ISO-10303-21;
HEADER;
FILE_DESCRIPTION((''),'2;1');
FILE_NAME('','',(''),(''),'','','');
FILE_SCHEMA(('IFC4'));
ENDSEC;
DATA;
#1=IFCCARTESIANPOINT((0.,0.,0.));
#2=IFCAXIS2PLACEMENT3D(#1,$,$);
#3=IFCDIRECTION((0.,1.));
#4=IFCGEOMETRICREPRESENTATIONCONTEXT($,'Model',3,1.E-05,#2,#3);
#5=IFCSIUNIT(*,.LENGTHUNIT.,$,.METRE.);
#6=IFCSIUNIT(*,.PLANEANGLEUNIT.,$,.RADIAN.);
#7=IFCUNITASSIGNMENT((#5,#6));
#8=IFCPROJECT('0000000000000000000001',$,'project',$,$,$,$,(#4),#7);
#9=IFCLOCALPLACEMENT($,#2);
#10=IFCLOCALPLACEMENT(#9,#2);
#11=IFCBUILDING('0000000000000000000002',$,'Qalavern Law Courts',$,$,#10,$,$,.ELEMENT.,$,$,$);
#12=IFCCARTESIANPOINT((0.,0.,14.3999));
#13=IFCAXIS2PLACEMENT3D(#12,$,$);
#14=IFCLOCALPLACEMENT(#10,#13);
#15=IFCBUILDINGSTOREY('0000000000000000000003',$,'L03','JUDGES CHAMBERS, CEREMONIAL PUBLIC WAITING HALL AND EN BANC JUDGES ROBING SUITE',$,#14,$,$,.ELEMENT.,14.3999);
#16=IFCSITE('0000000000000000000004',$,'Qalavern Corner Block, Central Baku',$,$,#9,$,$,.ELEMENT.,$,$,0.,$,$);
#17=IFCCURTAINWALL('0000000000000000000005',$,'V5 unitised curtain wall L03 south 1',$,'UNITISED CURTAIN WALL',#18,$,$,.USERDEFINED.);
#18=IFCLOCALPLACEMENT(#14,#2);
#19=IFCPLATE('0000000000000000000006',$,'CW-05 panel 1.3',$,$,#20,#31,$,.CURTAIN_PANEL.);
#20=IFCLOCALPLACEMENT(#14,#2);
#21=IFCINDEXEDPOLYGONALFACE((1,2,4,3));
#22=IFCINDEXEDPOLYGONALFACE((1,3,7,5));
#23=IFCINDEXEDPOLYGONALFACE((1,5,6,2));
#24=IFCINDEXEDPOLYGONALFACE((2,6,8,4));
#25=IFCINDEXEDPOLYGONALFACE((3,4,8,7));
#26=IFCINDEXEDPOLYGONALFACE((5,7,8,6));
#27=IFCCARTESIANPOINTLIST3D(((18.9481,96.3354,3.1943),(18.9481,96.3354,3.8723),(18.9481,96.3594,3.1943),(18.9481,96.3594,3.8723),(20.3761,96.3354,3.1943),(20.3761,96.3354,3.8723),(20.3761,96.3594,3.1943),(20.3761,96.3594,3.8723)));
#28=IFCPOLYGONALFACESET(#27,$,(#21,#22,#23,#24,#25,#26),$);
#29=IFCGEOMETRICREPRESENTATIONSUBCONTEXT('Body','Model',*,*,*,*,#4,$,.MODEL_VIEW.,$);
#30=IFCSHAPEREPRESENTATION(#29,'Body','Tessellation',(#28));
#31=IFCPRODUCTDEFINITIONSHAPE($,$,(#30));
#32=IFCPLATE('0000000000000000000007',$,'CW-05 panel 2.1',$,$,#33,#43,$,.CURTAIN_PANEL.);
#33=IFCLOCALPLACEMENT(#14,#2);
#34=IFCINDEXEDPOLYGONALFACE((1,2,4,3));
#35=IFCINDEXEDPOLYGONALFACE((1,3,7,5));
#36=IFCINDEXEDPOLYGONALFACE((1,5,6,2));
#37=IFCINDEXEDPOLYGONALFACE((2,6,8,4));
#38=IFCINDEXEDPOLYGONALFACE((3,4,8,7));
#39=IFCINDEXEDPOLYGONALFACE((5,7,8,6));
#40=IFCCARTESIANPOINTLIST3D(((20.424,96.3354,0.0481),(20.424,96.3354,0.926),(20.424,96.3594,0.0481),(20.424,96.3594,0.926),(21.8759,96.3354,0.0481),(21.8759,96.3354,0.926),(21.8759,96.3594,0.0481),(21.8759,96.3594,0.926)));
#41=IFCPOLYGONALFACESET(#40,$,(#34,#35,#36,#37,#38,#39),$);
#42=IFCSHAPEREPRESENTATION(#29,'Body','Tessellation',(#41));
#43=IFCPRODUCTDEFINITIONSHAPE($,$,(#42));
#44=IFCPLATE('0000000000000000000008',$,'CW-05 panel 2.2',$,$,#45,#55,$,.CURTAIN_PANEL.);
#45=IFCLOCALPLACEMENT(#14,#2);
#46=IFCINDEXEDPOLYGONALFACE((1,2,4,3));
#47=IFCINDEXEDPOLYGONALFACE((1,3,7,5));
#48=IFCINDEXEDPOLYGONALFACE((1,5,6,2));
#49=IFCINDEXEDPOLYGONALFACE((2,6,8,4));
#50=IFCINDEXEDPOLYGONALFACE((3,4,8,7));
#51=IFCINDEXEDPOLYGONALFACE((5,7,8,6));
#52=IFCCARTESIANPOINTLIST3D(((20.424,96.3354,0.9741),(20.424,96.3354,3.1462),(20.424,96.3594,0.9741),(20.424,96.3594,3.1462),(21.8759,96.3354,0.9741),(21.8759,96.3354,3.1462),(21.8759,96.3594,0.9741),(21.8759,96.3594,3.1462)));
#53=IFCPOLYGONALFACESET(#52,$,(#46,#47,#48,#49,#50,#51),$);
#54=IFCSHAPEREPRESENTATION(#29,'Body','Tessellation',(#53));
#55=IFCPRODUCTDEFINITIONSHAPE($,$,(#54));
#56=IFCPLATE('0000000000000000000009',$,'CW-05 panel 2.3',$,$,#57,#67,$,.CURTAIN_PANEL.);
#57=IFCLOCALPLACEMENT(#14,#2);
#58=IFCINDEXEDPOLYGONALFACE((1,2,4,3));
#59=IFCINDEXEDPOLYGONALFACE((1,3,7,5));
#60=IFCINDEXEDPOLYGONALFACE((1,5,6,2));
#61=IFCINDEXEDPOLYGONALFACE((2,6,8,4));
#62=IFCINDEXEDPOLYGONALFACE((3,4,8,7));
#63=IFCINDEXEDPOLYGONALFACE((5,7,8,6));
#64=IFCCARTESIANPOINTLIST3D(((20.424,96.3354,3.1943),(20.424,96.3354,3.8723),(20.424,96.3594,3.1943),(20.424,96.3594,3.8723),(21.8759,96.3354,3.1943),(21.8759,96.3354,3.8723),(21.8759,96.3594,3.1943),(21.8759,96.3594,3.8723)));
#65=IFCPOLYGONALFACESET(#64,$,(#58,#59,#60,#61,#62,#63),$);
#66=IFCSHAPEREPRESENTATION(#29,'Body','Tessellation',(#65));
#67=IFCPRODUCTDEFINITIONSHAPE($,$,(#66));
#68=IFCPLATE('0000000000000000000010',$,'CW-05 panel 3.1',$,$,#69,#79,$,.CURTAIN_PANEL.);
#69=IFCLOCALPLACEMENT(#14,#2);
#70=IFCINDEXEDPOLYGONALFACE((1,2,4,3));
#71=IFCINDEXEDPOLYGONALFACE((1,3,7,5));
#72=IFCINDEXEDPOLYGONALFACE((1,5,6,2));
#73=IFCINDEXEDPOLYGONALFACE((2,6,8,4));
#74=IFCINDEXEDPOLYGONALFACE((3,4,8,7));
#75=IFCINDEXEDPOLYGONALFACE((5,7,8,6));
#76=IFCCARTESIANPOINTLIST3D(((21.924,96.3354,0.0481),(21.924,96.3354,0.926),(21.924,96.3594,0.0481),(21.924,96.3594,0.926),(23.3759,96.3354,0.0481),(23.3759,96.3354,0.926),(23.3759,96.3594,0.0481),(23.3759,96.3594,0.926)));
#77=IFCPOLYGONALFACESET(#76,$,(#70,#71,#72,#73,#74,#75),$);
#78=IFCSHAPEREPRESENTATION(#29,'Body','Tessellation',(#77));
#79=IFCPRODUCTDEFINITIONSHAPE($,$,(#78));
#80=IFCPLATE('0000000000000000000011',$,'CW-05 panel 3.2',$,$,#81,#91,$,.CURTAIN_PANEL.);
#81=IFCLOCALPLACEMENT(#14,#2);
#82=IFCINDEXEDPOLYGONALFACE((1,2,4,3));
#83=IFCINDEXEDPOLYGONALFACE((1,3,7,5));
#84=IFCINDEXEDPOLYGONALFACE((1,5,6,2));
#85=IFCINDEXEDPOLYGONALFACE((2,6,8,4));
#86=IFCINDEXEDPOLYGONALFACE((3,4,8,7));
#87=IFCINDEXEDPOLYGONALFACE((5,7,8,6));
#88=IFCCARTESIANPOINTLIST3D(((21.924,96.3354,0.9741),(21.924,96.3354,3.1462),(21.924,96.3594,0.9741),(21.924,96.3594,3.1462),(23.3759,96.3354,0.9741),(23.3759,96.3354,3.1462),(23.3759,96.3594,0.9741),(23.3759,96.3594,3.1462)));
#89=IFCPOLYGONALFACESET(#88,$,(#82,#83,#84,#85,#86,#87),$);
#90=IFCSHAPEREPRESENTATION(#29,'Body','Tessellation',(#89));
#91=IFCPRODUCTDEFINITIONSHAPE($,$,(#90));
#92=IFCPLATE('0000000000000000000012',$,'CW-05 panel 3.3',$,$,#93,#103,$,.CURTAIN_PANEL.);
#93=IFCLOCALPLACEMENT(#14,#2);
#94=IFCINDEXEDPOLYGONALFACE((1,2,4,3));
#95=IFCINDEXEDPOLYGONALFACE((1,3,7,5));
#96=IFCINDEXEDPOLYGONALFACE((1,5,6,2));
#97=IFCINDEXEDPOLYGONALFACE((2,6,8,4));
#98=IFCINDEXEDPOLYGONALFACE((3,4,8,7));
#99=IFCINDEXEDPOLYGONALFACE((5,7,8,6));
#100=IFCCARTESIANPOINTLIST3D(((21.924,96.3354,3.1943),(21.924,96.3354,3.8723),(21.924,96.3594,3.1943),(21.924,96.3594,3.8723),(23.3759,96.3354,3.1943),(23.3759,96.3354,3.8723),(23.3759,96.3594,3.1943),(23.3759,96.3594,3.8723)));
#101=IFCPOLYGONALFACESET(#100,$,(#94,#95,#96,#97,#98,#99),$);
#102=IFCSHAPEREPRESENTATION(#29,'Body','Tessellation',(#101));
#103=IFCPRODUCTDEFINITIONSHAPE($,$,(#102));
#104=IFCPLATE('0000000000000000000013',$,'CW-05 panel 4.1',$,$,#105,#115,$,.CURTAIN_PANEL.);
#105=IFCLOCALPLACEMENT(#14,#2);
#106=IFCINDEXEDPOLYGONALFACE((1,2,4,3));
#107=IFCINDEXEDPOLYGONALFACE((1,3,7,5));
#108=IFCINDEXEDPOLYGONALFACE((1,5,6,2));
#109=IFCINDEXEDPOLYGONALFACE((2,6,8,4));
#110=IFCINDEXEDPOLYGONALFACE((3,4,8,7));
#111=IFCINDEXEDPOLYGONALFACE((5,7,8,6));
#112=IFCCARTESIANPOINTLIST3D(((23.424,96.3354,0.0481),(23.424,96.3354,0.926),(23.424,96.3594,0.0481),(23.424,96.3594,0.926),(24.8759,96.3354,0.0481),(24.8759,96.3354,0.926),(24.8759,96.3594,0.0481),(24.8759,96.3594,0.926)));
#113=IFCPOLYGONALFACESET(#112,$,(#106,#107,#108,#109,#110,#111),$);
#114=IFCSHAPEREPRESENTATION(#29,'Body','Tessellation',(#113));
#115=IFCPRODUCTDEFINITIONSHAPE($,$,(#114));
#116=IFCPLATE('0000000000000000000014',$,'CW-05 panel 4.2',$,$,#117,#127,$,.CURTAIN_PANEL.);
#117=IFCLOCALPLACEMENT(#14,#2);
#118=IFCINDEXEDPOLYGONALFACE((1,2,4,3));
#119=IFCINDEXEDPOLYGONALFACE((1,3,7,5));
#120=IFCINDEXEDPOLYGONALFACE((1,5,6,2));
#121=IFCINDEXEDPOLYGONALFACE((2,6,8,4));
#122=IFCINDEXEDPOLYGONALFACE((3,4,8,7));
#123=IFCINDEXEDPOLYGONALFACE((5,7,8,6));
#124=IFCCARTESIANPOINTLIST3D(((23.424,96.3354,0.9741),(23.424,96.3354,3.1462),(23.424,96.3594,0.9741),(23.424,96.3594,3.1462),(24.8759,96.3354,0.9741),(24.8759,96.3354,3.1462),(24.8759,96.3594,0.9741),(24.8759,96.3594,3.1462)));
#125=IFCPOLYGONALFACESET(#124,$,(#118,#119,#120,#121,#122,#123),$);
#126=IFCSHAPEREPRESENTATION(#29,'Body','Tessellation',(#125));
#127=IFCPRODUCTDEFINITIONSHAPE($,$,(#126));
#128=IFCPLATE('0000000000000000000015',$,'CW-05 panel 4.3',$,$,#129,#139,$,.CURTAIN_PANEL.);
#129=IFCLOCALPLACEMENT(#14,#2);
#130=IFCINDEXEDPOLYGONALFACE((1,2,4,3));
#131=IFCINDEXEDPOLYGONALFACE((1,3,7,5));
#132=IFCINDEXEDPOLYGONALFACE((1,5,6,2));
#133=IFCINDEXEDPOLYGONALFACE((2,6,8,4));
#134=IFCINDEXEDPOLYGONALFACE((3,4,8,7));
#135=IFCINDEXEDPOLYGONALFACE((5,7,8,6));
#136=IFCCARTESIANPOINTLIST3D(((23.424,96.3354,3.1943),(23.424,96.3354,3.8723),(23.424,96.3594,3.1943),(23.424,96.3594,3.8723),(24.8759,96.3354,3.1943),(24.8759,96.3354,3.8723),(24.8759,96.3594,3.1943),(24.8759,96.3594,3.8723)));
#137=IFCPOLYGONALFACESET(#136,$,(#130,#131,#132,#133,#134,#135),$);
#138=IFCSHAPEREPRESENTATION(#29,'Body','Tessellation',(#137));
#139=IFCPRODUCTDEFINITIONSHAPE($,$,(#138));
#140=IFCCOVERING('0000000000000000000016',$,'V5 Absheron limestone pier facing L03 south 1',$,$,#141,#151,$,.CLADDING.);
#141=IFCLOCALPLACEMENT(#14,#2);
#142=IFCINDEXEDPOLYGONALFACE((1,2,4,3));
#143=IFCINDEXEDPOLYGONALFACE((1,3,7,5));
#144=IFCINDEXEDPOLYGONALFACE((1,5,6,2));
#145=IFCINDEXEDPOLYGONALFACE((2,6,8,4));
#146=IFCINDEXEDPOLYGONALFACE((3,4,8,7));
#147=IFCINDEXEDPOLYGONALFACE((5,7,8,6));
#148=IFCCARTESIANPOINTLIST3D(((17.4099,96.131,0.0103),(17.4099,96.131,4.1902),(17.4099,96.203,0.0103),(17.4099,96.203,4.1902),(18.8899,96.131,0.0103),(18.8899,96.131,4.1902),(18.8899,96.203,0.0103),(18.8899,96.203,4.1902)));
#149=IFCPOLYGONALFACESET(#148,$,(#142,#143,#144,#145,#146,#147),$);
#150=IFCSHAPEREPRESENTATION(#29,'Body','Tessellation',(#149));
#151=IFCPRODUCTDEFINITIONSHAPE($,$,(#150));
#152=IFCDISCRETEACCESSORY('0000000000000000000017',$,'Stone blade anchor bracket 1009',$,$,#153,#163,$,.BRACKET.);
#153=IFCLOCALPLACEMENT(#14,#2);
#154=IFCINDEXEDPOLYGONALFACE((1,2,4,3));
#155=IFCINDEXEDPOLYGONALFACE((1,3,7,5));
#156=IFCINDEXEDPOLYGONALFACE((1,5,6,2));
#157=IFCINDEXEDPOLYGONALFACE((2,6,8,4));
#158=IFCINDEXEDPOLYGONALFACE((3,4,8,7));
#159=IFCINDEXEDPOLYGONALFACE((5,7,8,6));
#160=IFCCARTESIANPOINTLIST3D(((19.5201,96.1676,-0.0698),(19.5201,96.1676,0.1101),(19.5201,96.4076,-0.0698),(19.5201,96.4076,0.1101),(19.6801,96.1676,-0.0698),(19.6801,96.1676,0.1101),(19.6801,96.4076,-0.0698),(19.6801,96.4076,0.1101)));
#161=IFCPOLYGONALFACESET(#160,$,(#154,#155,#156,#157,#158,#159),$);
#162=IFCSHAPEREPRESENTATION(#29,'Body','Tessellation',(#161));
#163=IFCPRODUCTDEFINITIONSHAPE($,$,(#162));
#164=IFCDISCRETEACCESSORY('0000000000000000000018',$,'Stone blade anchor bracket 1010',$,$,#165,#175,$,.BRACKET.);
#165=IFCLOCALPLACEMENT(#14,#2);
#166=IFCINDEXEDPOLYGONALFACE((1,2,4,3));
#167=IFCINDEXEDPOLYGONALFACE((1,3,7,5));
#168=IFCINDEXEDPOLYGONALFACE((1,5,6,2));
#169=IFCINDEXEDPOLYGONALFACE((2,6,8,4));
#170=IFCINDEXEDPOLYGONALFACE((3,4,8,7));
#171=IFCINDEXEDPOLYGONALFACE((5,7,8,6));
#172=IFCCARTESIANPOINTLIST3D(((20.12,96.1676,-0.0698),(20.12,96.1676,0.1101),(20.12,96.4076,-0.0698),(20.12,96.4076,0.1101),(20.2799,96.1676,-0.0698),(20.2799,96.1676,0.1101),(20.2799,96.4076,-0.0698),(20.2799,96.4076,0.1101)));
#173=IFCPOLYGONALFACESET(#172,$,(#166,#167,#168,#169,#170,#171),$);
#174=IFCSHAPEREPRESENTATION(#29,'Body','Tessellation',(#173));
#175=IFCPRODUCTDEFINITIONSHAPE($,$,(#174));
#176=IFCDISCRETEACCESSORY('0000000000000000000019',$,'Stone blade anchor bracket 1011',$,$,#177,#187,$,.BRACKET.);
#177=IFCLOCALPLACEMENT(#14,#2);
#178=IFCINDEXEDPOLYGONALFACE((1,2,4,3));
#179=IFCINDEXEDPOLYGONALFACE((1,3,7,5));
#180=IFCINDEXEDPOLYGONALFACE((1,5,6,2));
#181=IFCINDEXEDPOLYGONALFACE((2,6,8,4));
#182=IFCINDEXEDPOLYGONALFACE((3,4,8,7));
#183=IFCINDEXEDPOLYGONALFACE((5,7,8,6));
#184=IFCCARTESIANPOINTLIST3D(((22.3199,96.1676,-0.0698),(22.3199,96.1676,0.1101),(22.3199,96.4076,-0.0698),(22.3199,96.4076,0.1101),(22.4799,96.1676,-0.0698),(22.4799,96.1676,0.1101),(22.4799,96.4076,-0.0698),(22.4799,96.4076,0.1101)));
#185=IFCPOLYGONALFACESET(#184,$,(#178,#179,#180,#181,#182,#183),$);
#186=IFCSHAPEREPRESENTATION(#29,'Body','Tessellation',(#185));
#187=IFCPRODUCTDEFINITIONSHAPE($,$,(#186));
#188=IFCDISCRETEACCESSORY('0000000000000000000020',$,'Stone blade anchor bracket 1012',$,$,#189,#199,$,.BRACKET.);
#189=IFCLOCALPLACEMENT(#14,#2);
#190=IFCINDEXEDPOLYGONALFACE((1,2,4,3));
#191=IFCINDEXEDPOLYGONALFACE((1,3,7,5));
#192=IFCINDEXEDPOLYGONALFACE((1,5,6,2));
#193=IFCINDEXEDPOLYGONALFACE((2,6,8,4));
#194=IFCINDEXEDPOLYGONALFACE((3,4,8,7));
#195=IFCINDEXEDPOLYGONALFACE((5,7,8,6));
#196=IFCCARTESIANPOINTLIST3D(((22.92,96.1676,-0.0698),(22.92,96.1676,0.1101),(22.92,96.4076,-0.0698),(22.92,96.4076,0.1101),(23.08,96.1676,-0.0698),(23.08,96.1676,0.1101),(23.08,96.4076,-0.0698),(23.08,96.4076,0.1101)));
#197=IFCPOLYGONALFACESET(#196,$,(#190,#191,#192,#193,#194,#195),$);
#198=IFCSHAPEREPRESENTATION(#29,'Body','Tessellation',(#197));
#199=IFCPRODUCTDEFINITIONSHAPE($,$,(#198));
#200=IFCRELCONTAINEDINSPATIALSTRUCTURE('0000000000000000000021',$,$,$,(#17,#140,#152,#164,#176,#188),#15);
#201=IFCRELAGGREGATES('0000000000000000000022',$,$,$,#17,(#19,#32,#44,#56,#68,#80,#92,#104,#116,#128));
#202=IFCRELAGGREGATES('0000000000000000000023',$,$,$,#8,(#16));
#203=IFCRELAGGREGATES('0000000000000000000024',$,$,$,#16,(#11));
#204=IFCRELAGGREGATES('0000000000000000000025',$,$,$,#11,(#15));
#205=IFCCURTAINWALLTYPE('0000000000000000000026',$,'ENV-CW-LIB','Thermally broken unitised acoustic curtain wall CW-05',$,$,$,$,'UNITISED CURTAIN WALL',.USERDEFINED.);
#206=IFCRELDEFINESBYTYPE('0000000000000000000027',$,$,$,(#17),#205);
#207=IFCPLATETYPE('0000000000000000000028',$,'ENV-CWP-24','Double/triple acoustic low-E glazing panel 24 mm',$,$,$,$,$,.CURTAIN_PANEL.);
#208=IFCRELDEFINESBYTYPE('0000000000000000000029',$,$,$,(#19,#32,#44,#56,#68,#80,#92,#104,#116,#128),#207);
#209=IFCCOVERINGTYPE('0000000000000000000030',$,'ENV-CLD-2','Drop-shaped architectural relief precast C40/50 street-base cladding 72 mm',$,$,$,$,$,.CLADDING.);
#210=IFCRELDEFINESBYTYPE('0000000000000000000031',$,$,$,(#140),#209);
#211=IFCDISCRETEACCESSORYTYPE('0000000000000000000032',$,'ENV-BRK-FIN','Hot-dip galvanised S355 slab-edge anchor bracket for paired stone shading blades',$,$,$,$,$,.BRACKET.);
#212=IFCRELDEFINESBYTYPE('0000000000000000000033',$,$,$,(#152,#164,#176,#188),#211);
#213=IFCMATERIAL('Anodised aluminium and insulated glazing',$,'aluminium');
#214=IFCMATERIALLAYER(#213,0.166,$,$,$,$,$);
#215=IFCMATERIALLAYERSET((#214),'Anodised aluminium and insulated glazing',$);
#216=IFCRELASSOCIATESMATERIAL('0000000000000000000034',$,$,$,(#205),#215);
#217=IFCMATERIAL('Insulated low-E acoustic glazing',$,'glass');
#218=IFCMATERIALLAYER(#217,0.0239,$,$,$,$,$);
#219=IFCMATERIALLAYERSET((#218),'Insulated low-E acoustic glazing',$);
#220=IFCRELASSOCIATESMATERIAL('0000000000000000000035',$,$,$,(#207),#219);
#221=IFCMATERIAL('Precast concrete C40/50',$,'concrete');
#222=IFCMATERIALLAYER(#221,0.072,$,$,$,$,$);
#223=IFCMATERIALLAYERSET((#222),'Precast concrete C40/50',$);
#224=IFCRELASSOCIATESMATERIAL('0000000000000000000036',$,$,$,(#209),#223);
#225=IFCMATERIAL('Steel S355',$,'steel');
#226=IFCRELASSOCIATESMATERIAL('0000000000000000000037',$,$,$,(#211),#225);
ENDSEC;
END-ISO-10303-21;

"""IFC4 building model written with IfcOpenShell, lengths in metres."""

from ifc_helpers import new_model, si_unit, direction, frame, origin, origin_2d, place, context, subcontext, project, spatial, rectangle, extrude, material, layer, layer_set, type_object, element, aggregate, save


model = new_model("IFC4")

# Units and contexts
model_context = context("Model", 3, precision=1e-05, world=origin(), true_north=direction((0.0, 1.0)))
body_context = subcontext(model_context, "Body", "Model", "MODEL_VIEW")
ifc_project = project(units=[si_unit("LENGTHUNIT", "METRE"), si_unit("PLANEANGLEUNIT", "RADIAN")], contexts=[model_context])

# Site, building, storey
site_placement = place(None, origin())
site = spatial("IfcSite", under=ifc_project, at=site_placement, Name="Qalavern Corner Block, Central Baku", CompositionType="ELEMENT", RefElevation=0.0)
building_placement = place(site_placement, origin())
building = spatial("IfcBuilding", under=site, at=building_placement, Name="Qalavern Law Courts", CompositionType="ELEMENT")
storey_placement = place(building_placement, frame((0.0, 0.0, 14.3999)))
storey = spatial("IfcBuildingStorey", under=building, at=storey_placement, Name="L03", Description="JUDGES CHAMBERS, CEREMONIAL PUBLIC WAITING HALL AND EN BANC JUDGES ROBING SUITE", CompositionType="ELEMENT", Elevation=14.3999)

# Curtain wall, plates
ifc_material_1 = material(Name="Anodised aluminium and insulated glazing", Category="aluminium")
ifc_layer_1 = layer(ifc_material_1, 0.166)
ifc_layer_set_1 = layer_set([ifc_layer_1], Name="Anodised aluminium and insulated glazing")
curtain_wall_type = type_object("IfcCurtainWallType", Name="ENV-CW-LIB", Description="Thermally broken unitised acoustic curtain wall CW-05", ElementType="UNITISED CURTAIN WALL", PredefinedType="USERDEFINED", material=ifc_layer_set_1)
curtain_wall_placement = place(storey_placement, origin())
curtain_wall = element("IfcCurtainWall", 1, at=curtain_wall_placement, inside=storey, type_object=curtain_wall_type, Name="V5 unitised curtain wall L03 south 1", ObjectType="UNITISED CURTAIN WALL", PredefinedType="USERDEFINED")
ifc_material_2 = material(Name="Insulated low-E acoustic glazing", Category="glass")
ifc_layer_2 = layer(ifc_material_2, 0.0239)
ifc_layer_set_2 = layer_set([ifc_layer_2], Name="Insulated low-E acoustic glazing")
plate_type = type_object("IfcPlateType", Name="ENV-CWP-24", Description="Double/triple acoustic low-E glazing panel 24 mm", PredefinedType="CURTAIN_PANEL", material=ifc_layer_set_2)
plate_1_placement = place(storey_placement, frame((19.6621, 96.3474, 3.1943), z_axis=(0.0, 0.0, 1.0), x_axis=(1.0, 0.0, 0.0)))
plate_1 = element("IfcPlate", 2, at=plate_1_placement, type_object=plate_type, Name="CW-05 panel 1.3", PredefinedType="CURTAIN_PANEL", context=body_context, shape_type="SweptSolid", body=[
    extrude(rectangle(XDim=1.428, YDim=0.0239, at=origin_2d()), origin(), (0.0, 0.0, 1.0), 0.678),
])
plate_2_placement = place(storey_placement, frame((21.1499, 96.3474, 0.0481), z_axis=(0.0, 0.0, 1.0), x_axis=(1.0, 0.0, 0.0)))
plate_2 = element("IfcPlate", 3, at=plate_2_placement, type_object=plate_type, Name="CW-05 panel 2.1", PredefinedType="CURTAIN_PANEL", context=body_context, shape_type="SweptSolid", body=[
    extrude(rectangle(XDim=1.4519, YDim=0.0239, at=origin_2d()), origin(), (0.0, 0.0, 1.0), 0.8779),
])
plate_3_placement = place(storey_placement, frame((21.1499, 96.3474, 0.9741), z_axis=(0.0, 0.0, 1.0), x_axis=(1.0, 0.0, 0.0)))
plate_3 = element("IfcPlate", 4, at=plate_3_placement, type_object=plate_type, Name="CW-05 panel 2.2", PredefinedType="CURTAIN_PANEL", context=body_context, shape_type="SweptSolid", body=[
    extrude(rectangle(XDim=1.4519, YDim=0.0239, at=origin_2d()), origin(), (0.0, 0.0, 1.0), 2.1721),
])
plate_4_placement = place(storey_placement, frame((21.1499, 96.3474, 3.1943), z_axis=(0.0, 0.0, 1.0), x_axis=(1.0, 0.0, 0.0)))
plate_4 = element("IfcPlate", 5, at=plate_4_placement, type_object=plate_type, Name="CW-05 panel 2.3", PredefinedType="CURTAIN_PANEL", context=body_context, shape_type="SweptSolid", body=[
    extrude(rectangle(XDim=1.4519, YDim=0.0239, at=origin_2d()), origin(), (0.0, 0.0, 1.0), 0.678),
])
plate_5_placement = place(storey_placement, frame((22.6499, 96.3474, 0.0481), z_axis=(0.0, 0.0, 1.0), x_axis=(1.0, 0.0, 0.0)))
plate_5 = element("IfcPlate", 6, at=plate_5_placement, type_object=plate_type, Name="CW-05 panel 3.1", PredefinedType="CURTAIN_PANEL", context=body_context, shape_type="SweptSolid", body=[
    extrude(rectangle(XDim=1.4519, YDim=0.0239, at=origin_2d()), origin(), (0.0, 0.0, 1.0), 0.8779),
])
plate_6_placement = place(storey_placement, frame((22.6499, 96.3474, 0.9741), z_axis=(0.0, 0.0, 1.0), x_axis=(1.0, 0.0, 0.0)))
plate_6 = element("IfcPlate", 7, at=plate_6_placement, type_object=plate_type, Name="CW-05 panel 3.2", PredefinedType="CURTAIN_PANEL", context=body_context, shape_type="SweptSolid", body=[
    extrude(rectangle(XDim=1.4519, YDim=0.0239, at=origin_2d()), origin(), (0.0, 0.0, 1.0), 2.1721),
])
plate_7_placement = place(storey_placement, frame((22.6499, 96.3474, 3.1943), z_axis=(0.0, 0.0, 1.0), x_axis=(1.0, 0.0, 0.0)))
plate_7 = element("IfcPlate", 8, at=plate_7_placement, type_object=plate_type, Name="CW-05 panel 3.3", PredefinedType="CURTAIN_PANEL", context=body_context, shape_type="SweptSolid", body=[
    extrude(rectangle(XDim=1.4519, YDim=0.0239, at=origin_2d()), origin(), (0.0, 0.0, 1.0), 0.678),
])
plate_8_placement = place(storey_placement, frame((24.1499, 96.3474, 0.0481), z_axis=(0.0, 0.0, 1.0), x_axis=(1.0, 0.0, 0.0)))
plate_8 = element("IfcPlate", 9, at=plate_8_placement, type_object=plate_type, Name="CW-05 panel 4.1", PredefinedType="CURTAIN_PANEL", context=body_context, shape_type="SweptSolid", body=[
    extrude(rectangle(XDim=1.4519, YDim=0.0239, at=origin_2d()), origin(), (0.0, 0.0, 1.0), 0.8779),
])
plate_9_placement = place(storey_placement, frame((24.1499, 96.3474, 0.9741), z_axis=(0.0, 0.0, 1.0), x_axis=(1.0, 0.0, 0.0)))
plate_9 = element("IfcPlate", 10, at=plate_9_placement, type_object=plate_type, Name="CW-05 panel 4.2", PredefinedType="CURTAIN_PANEL", context=body_context, shape_type="SweptSolid", body=[
    extrude(rectangle(XDim=1.4519, YDim=0.0239, at=origin_2d()), origin(), (0.0, 0.0, 1.0), 2.1721),
])
plate_10_placement = place(storey_placement, frame((24.1499, 96.3474, 3.1943), z_axis=(0.0, 0.0, 1.0), x_axis=(1.0, 0.0, 0.0)))
plate_10 = element("IfcPlate", 11, at=plate_10_placement, type_object=plate_type, Name="CW-05 panel 4.3", PredefinedType="CURTAIN_PANEL", context=body_context, shape_type="SweptSolid", body=[
    extrude(rectangle(XDim=1.4519, YDim=0.0239, at=origin_2d()), origin(), (0.0, 0.0, 1.0), 0.678),
])
aggregate(curtain_wall, [plate_1, plate_2, plate_3, plate_4, plate_5, plate_6, plate_7, plate_8, plate_9, plate_10])

# Covering
ifc_material_3 = material(Name="Precast concrete C40/50", Category="concrete")
ifc_layer_3 = layer(ifc_material_3, 0.072)
ifc_layer_set_3 = layer_set([ifc_layer_3], Name="Precast concrete C40/50")
covering_type = type_object("IfcCoveringType", Name="ENV-CLD-2", Description="Drop-shaped architectural relief precast C40/50 street-base cladding 72 mm", PredefinedType="CLADDING", material=ifc_layer_set_3)
covering_placement = place(storey_placement, frame((18.1499, 96.167, 0.0103), z_axis=(0.0, 0.0, 1.0), x_axis=(1.0, 0.0, 0.0)))
element("IfcCovering", 12, at=covering_placement, inside=storey, type_object=covering_type, Name="V5 Absheron limestone pier facing L03 south 1", PredefinedType="CLADDING", context=body_context, shape_type="SweptSolid", body=[
    extrude(rectangle(XDim=1.48, YDim=0.072, at=origin_2d()), origin(), (0.0, 0.0, 1.0), 4.1799),
])

# Discrete accessories
ifc_material_4 = material(Name="Steel S355", Category="steel")
discrete_accessory_type = type_object("IfcDiscreteAccessoryType", Name="ENV-BRK-FIN", Description="Hot-dip galvanised S355 slab-edge anchor bracket for paired stone shading blades", PredefinedType="BRACKET", material=ifc_material_4)
for number, where, z_axis, x_axis, name in (
    (13, (19.6001, 96.2876, -0.0698), (0.0, 0.0, 1.0), (0.0, -1.0, 0.0), "Stone blade anchor bracket 1009"),
    (14, (20.2, 96.2876, -0.0698), (0.0, 0.0, 1.0), (0.0, -1.0, 0.0), "Stone blade anchor bracket 1010"),
    (15, (22.3999, 96.2876, -0.0698), (0.0, 0.0, 1.0), (0.0, -1.0, 0.0), "Stone blade anchor bracket 1011"),
    (16, (23.0, 96.2876, -0.0698), (0.0, 0.0, 1.0), (0.0, -1.0, 0.0), "Stone blade anchor bracket 1012"),
):
    element("IfcDiscreteAccessory", number, at=place(storey_placement, frame(where, z_axis=z_axis, x_axis=x_axis)), inside=storey, type_object=discrete_accessory_type, Name=name, PredefinedType="BRACKET", context=body_context, shape_type="SweptSolid", body=[
        extrude(rectangle(XDim=0.24, YDim=0.1599, at=origin_2d()), origin(), (0.0, 0.0, 1.0), 0.1799),
    ])

save(model, "model.ifc")
